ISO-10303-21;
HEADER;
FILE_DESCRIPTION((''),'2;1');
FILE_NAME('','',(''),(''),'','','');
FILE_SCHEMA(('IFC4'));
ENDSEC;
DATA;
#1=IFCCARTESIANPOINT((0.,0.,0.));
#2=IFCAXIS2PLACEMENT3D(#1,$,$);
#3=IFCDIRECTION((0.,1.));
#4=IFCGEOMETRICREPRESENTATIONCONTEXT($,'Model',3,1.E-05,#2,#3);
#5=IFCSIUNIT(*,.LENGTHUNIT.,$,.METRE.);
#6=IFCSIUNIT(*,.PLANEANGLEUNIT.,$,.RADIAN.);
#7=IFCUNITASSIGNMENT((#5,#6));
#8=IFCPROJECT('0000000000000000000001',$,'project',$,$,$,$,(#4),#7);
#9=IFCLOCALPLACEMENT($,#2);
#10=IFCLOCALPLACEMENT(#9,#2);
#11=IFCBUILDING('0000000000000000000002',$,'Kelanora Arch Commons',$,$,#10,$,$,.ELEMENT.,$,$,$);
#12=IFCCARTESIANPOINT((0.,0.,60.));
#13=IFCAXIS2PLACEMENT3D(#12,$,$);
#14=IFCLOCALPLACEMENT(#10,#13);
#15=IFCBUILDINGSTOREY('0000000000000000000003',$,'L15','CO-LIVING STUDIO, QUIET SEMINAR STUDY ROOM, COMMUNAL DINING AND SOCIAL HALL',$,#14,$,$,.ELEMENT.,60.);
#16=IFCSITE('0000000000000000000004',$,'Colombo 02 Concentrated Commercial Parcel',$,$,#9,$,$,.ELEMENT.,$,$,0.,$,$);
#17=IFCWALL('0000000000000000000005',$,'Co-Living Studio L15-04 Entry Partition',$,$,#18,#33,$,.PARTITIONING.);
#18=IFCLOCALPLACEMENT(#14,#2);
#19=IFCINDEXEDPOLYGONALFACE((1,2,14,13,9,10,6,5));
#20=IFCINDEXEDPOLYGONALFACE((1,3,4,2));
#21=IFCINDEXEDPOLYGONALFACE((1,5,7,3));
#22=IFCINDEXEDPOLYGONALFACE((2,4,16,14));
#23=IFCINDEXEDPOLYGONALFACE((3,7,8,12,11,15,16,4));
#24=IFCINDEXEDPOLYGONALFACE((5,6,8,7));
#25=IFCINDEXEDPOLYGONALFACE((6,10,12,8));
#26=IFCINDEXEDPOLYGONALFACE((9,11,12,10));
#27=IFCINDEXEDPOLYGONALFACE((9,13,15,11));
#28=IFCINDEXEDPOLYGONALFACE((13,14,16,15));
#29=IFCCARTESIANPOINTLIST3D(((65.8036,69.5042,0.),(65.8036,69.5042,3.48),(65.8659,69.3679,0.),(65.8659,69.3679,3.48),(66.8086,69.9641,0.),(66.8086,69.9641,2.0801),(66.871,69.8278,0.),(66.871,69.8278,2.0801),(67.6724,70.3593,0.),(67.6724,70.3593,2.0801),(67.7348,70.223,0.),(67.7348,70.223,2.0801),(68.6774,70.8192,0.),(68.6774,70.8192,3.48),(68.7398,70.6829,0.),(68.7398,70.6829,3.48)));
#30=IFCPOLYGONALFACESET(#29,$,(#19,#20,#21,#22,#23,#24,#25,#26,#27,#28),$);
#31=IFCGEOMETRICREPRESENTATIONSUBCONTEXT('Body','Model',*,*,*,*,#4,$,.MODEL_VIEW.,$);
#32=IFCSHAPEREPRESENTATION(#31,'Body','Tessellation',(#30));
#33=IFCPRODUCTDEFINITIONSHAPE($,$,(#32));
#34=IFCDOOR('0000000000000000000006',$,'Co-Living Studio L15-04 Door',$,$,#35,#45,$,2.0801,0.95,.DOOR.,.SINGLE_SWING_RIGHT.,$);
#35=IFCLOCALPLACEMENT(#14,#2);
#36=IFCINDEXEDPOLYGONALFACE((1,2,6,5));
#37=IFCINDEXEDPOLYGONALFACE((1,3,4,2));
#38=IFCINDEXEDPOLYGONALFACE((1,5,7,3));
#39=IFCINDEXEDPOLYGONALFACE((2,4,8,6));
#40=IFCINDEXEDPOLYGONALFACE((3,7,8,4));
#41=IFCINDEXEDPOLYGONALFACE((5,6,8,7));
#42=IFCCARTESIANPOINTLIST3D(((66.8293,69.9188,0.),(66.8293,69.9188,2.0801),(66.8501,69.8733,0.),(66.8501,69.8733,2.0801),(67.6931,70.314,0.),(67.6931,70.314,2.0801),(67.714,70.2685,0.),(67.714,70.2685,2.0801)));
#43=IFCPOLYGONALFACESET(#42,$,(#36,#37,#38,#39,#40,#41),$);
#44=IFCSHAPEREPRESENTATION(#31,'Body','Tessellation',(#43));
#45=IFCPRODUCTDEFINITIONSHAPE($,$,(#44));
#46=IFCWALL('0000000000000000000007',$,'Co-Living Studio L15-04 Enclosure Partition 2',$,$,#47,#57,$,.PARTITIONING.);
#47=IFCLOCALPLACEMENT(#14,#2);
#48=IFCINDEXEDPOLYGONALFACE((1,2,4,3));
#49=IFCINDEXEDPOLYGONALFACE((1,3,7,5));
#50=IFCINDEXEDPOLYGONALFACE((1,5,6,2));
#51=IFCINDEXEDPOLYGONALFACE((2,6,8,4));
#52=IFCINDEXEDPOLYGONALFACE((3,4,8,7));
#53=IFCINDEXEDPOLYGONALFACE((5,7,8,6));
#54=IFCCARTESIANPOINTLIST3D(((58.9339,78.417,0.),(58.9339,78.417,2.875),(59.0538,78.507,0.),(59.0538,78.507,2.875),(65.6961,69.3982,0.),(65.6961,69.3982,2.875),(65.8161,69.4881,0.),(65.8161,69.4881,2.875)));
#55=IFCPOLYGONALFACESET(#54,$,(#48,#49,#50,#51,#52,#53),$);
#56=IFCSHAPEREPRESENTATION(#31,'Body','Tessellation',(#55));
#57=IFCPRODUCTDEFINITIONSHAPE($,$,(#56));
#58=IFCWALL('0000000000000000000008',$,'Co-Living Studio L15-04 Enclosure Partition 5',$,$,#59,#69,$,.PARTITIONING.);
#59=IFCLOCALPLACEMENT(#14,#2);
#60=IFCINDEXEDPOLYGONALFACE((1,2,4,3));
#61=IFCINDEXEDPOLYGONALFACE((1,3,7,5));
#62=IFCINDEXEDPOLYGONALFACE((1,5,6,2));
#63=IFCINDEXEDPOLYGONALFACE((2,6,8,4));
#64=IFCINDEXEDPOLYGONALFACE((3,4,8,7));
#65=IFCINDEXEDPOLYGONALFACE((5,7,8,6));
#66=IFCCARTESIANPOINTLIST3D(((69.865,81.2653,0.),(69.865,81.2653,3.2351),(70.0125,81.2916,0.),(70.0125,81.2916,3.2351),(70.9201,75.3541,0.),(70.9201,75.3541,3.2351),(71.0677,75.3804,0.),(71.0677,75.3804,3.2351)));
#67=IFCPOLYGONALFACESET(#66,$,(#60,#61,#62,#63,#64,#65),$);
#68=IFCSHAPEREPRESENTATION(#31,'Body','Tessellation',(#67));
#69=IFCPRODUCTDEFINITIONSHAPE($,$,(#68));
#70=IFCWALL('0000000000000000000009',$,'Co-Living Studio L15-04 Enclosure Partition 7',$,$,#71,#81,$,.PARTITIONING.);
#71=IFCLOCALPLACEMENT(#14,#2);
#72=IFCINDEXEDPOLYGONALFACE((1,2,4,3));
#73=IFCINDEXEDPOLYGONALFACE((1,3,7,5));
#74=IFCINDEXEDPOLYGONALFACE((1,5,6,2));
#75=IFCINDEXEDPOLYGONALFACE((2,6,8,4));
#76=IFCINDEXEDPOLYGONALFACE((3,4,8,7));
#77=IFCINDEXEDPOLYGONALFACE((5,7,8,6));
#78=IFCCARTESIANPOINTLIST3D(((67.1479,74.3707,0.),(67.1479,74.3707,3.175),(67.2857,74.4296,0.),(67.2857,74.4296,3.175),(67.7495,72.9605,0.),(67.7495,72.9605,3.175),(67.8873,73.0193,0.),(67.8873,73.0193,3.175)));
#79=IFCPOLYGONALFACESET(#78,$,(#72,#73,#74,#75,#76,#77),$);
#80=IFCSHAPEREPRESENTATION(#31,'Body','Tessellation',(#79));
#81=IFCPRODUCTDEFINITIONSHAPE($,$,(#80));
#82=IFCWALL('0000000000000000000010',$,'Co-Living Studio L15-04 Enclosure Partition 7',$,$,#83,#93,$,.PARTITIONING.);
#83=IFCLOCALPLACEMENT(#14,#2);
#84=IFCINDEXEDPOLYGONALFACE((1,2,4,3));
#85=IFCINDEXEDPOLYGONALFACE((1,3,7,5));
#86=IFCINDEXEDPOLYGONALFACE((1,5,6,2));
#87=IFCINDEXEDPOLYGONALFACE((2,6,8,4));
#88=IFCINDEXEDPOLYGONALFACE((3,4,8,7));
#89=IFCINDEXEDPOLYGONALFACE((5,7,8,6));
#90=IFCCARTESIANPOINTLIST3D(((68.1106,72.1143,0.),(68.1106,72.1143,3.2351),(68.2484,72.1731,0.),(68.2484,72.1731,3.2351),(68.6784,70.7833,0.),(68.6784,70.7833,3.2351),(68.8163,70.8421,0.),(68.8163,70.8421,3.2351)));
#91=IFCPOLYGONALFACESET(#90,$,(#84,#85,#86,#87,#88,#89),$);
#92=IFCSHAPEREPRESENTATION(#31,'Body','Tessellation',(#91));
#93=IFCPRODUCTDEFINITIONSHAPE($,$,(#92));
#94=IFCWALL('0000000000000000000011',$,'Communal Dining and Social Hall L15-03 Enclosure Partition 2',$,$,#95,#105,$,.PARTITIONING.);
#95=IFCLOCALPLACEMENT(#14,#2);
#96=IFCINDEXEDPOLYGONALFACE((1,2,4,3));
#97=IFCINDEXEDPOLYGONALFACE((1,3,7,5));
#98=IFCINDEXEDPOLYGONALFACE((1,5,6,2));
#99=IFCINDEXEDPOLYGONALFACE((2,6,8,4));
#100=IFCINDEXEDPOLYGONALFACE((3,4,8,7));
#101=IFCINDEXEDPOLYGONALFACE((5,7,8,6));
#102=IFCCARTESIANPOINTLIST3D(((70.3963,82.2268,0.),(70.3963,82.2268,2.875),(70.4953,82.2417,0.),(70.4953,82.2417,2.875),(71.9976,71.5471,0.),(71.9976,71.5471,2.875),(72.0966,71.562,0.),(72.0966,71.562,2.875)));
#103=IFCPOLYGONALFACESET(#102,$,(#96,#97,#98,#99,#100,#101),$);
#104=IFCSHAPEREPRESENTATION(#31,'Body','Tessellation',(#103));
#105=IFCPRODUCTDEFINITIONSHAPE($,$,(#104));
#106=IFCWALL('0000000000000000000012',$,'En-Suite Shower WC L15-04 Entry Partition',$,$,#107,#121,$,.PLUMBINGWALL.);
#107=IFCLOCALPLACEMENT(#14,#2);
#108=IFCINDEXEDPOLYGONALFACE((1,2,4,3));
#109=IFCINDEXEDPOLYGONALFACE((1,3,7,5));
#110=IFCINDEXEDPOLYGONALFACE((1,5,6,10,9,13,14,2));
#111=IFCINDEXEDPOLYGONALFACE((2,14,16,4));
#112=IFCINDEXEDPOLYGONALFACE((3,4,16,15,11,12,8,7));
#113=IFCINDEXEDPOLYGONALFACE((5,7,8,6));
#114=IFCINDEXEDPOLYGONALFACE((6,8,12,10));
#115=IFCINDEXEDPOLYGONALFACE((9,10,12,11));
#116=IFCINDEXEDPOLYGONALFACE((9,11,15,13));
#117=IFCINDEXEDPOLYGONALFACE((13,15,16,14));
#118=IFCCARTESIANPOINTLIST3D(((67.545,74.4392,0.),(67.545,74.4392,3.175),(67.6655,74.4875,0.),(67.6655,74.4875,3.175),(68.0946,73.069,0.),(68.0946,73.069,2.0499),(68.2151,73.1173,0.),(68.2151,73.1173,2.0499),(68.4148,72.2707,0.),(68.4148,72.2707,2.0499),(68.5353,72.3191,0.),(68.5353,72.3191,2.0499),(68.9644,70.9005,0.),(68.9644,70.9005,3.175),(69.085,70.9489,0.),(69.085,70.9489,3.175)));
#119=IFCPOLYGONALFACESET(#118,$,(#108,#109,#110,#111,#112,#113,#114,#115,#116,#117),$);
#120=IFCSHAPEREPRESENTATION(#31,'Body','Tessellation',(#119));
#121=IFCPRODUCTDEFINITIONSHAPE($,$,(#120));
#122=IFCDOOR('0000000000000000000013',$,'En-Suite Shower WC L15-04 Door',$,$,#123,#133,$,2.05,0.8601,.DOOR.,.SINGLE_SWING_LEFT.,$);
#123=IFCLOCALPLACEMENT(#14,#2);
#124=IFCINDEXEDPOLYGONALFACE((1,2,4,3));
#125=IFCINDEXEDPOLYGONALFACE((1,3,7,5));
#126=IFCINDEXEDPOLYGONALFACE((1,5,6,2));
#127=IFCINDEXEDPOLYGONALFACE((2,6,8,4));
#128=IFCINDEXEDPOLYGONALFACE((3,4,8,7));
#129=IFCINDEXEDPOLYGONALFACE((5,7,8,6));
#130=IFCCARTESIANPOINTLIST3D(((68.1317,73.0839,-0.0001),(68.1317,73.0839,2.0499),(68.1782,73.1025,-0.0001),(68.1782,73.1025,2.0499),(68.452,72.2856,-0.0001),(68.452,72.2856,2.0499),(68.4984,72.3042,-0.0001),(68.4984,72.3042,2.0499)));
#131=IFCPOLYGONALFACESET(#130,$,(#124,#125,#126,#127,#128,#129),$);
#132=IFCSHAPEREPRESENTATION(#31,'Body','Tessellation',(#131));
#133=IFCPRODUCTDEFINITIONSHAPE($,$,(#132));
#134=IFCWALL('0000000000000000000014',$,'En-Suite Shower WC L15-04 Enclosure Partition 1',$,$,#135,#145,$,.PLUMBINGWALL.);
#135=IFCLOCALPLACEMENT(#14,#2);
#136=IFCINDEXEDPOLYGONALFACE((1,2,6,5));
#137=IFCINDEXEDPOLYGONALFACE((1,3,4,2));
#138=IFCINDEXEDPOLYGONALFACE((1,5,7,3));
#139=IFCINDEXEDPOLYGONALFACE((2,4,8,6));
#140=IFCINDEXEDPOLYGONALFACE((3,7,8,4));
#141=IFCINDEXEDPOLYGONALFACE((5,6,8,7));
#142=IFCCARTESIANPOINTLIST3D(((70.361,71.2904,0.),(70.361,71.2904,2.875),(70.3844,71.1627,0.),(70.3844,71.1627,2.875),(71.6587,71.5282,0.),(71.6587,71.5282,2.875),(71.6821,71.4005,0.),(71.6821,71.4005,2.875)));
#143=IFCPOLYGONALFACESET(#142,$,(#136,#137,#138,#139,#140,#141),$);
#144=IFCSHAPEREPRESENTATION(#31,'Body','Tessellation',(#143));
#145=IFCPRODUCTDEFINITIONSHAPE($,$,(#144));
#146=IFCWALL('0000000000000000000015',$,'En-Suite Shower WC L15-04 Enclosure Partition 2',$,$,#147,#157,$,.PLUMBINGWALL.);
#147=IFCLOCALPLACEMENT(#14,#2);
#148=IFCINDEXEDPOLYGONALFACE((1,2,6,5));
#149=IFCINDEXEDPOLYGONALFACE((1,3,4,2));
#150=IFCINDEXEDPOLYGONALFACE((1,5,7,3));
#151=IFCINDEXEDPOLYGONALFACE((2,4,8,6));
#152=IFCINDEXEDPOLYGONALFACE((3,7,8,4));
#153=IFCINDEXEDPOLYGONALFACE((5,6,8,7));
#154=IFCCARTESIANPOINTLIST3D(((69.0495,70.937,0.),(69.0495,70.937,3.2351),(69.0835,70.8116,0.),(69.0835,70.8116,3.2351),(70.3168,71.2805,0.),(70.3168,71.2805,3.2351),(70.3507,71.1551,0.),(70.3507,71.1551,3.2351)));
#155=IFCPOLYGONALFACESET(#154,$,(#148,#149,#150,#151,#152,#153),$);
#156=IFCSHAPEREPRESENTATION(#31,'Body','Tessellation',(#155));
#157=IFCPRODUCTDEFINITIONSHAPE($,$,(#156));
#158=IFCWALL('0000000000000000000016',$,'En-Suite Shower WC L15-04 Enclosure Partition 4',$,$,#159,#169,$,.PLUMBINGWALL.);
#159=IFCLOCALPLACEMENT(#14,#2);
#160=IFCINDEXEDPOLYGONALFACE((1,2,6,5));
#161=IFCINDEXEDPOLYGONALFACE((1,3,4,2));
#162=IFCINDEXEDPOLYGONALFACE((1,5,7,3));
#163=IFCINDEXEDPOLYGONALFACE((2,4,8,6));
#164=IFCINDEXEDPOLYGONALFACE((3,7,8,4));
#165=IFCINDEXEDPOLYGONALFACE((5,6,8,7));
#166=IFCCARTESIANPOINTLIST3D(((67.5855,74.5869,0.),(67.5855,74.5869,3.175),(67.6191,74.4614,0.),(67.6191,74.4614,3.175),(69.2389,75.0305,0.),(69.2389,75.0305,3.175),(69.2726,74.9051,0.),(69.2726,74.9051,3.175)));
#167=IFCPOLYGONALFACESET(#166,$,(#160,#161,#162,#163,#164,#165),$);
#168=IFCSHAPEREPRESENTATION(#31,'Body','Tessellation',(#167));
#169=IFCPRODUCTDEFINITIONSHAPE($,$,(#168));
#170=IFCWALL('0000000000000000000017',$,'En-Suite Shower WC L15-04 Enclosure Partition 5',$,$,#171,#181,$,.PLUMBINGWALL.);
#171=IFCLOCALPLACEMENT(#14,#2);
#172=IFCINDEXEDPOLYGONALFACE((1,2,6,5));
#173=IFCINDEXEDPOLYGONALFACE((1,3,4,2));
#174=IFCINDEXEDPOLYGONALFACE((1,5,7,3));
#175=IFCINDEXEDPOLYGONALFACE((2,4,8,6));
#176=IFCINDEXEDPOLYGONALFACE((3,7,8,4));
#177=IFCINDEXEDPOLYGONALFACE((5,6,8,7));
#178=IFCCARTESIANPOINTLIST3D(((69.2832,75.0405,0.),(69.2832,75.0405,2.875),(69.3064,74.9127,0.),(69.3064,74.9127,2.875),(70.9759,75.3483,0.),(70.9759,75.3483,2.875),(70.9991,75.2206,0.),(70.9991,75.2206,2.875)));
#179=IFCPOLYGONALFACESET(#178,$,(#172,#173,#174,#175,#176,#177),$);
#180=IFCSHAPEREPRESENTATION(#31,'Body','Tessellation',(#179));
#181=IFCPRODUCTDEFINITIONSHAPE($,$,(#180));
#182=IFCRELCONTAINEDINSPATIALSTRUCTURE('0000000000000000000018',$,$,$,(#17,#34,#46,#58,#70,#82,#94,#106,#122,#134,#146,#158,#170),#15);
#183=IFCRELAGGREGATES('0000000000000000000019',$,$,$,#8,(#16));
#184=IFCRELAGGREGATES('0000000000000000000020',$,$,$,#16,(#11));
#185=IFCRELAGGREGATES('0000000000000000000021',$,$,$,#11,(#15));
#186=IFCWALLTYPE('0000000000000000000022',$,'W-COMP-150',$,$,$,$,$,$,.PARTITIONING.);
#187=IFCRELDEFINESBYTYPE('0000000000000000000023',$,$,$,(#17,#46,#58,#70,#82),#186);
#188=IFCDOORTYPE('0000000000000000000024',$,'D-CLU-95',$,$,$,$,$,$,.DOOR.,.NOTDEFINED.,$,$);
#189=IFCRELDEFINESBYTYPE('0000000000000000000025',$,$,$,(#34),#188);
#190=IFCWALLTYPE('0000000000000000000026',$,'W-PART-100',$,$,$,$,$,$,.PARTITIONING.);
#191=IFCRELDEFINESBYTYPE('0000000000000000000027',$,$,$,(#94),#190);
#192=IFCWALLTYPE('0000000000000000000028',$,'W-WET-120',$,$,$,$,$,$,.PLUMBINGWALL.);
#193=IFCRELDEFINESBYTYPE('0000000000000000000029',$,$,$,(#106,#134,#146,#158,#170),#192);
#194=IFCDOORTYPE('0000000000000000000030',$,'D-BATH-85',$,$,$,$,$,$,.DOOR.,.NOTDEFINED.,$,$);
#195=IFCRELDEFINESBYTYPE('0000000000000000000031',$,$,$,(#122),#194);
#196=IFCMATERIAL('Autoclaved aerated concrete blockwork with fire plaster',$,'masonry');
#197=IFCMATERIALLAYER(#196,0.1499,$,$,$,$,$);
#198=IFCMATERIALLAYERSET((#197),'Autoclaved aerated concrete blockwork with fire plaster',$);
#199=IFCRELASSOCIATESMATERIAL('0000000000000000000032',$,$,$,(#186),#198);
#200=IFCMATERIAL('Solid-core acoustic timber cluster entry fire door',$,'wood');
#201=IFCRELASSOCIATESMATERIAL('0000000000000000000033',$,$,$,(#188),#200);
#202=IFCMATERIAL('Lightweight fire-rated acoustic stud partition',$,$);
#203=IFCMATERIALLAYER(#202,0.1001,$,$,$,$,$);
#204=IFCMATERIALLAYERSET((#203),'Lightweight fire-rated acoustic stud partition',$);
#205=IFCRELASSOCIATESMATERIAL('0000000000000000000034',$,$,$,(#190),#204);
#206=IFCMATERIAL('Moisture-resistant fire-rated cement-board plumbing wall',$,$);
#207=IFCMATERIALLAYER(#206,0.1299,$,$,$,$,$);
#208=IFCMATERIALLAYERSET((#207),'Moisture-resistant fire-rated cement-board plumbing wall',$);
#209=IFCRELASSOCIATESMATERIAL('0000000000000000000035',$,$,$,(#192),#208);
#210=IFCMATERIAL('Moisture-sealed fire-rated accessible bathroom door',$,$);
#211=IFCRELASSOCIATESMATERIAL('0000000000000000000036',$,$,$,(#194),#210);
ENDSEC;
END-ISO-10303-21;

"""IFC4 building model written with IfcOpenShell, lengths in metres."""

from ifc_helpers import new_model, si_unit, direction, frame, frame_2d, origin, place, context, subcontext, project, spatial, rectangle, extrude, material, layer, layer_set, type_object, element, fill, save


model = new_model("IFC4")

# Units and contexts
model_context = context("Model", 3, precision=1e-05, world=origin(), true_north=direction((0.0, 1.0)))
body_context = subcontext(model_context, "Body", "Model", "MODEL_VIEW")
ifc_project = project(units=[si_unit("LENGTHUNIT", "METRE"), si_unit("PLANEANGLEUNIT", "RADIAN")], contexts=[model_context])

# Site, building, storey
site_placement = place(None, origin())
site = spatial("IfcSite", under=ifc_project, at=site_placement, Name="Colombo 02 Concentrated Commercial Parcel", CompositionType="ELEMENT", RefElevation=0.0)
building_placement = place(site_placement, origin())
building = spatial("IfcBuilding", under=site, at=building_placement, Name="Kelanora Arch Commons", CompositionType="ELEMENT")
storey_placement = place(building_placement, frame((0.0, 0.0, 60.0)))
storey = spatial("IfcBuildingStorey", under=building, at=storey_placement, Name="L15", Description="CO-LIVING STUDIO, QUIET SEMINAR STUDY ROOM, COMMUNAL DINING AND SOCIAL HALL", CompositionType="ELEMENT", Elevation=60.0)

# Wall, opening, door
ifc_material_1 = material(Name="Autoclaved aerated concrete blockwork with fire plaster", Category="masonry")
ifc_layer_1 = layer(ifc_material_1, 0.1499)
ifc_layer_set_1 = layer_set([ifc_layer_1], Name="Autoclaved aerated concrete blockwork with fire plaster")
wall_type_1 = type_object("IfcWallType", Name="W-COMP-150", PredefinedType="PARTITIONING", material=ifc_layer_set_1)
wall_1_placement = place(storey_placement, frame((68.7085, 70.751, 0.0), z_axis=(0.0, 0.0, 1.0), x_axis=(-0.909329, -0.416077, 0.0)))
wall_1 = element("IfcWall", 1, at=wall_1_placement, inside=storey, type_object=wall_type_1, Name="Co-Living Studio L15-04 Entry Partition", PredefinedType="PARTITIONING", context=body_context, shape_type="SweptSolid", body=[
    extrude(rectangle(XDim=3.1604, YDim=0.1499, at=frame_2d((1.5801, 0.0))), origin(), (0.0, 0.0, 1.0), 3.48),
])
opening_1_placement = place(wall_1_placement, frame((1.105, 0.0, 0.0)))
opening_1 = element("IfcOpeningElement", 2, at=opening_1_placement, cuts=wall_1, PredefinedType="OPENING", context=body_context, shape_type="SweptSolid", body=[
    extrude(rectangle(XDim=0.95, YDim=2.0801, at=frame_2d((0.4751, 1.04))), frame((0.0, 0.085, 0.0), z_axis=(0.0, -1.0, 0.0), x_axis=(1.0, 0.0, 0.0)), (0.0, 0.0, 1.0), 0.1699),
])
ifc_material_2 = material(Name="Solid-core acoustic timber cluster entry fire door", Category="wood")
door_type_1 = type_object("IfcDoorType", Name="D-CLU-95", OperationType="NOTDEFINED", PredefinedType="DOOR", material=ifc_material_2)
door_1_placement = place(opening_1_placement, origin())
door_1 = element("IfcDoor", 3, at=door_1_placement, inside=storey, type_object=door_type_1, Name="Co-Living Studio L15-04 Door", OperationType="SINGLE_SWING_RIGHT", OverallHeight=2.0801, OverallWidth=0.95, PredefinedType="DOOR", context=body_context, shape_type="SweptSolid", body=[
    extrude(rectangle(XDim=0.95, YDim=2.0801, at=frame_2d((0.4751, 1.04))), frame((0.0, 0.0249, 0.0), z_axis=(0.0, -1.0, 0.0), x_axis=(1.0, 0.0, 0.0)), (0.0, 0.0, 1.0), 0.05),
])
fill(opening_1, door_1)

# Walls
wall_2_placement = place(storey_placement, frame((65.7561, 69.4431, 0.0), z_axis=(0.0, 0.0, 1.0), x_axis=(-0.599893, 0.800081, 0.0)))
element("IfcWall", 4, at=wall_2_placement, inside=storey, type_object=wall_type_1, Name="Co-Living Studio L15-04 Enclosure Partition 2", PredefinedType="PARTITIONING", context=body_context, shape_type="SweptSolid", body=[
    extrude(rectangle(XDim=11.2725, YDim=0.1499, at=frame_2d((5.6362, 0.0))), origin(), (0.0, 0.0, 1.0), 2.875),
])
wall_3_placement = place(storey_placement, frame((69.9387, 81.2786, 0.0), z_axis=(0.0, 0.0, 1.0), x_axis=(0.175729, -0.984439, 0.0)))
element("IfcWall", 5, at=wall_3_placement, inside=storey, type_object=wall_type_1, Name="Co-Living Studio L15-04 Enclosure Partition 5", PredefinedType="PARTITIONING", context=body_context, shape_type="SweptSolid", body=[
    extrude(rectangle(XDim=6.0046, YDim=0.1499, at=frame_2d((3.0024, 0.0))), origin(), (0.0, 0.0, 1.0), 3.2351),
])
wall_4_placement = place(storey_placement, frame((67.2168, 74.4001, 0.0), z_axis=(0.0, 0.0, 1.0), x_axis=(0.392381, -0.919803, 0.0)))
element("IfcWall", 6, at=wall_4_placement, inside=storey, type_object=wall_type_1, Name="Co-Living Studio L15-04 Enclosure Partition 7", PredefinedType="PARTITIONING", context=body_context, shape_type="SweptSolid", body=[
    extrude(rectangle(XDim=1.5332, YDim=0.1499, at=frame_2d((0.7666, 0.0))), origin(), (0.0, 0.0, 1.0), 3.175),
])
wall_5_placement = place(storey_placement, frame((68.1794, 72.1438, 0.0), z_axis=(0.0, 0.0, 1.0), x_axis=(0.392412, -0.91979, 0.0)))
element("IfcWall", 7, at=wall_5_placement, inside=storey, type_object=wall_type_1, Name="Co-Living Studio L15-04 Enclosure Partition 7", PredefinedType="PARTITIONING", context=body_context, shape_type="SweptSolid", body=[
    extrude(rectangle(XDim=1.447, YDim=0.1499, at=frame_2d((0.7236, 0.0))), origin(), (0.0, 0.0, 1.0), 3.2351),
])
ifc_material_3 = material(Name="Lightweight fire-rated acoustic stud partition")
ifc_layer_2 = layer(ifc_material_3, 0.1001)
ifc_layer_set_2 = layer_set([ifc_layer_2], Name="Lightweight fire-rated acoustic stud partition")
wall_type_2 = type_object("IfcWallType", Name="W-PART-100", PredefinedType="PARTITIONING", material=ifc_layer_set_2)
wall_6_placement = place(storey_placement, frame((72.0471, 71.5547, 0.0), z_axis=(0.0, 0.0, 1.0), x_axis=(-0.148283, 0.988945, 0.0)))
element("IfcWall", 8, at=wall_6_placement, inside=storey, type_object=wall_type_2, Name="Communal Dining and Social Hall L15-03 Enclosure Partition 2", PredefinedType="PARTITIONING", context=body_context, shape_type="SweptSolid", body=[
    extrude(rectangle(XDim=10.7991, YDim=0.1001, at=frame_2d((5.3994, 0.0))), origin(), (0.0, 0.0, 1.0), 2.875),
])

# Wall, opening, door
ifc_material_4 = material(Name="Moisture-resistant fire-rated cement-board plumbing wall")
ifc_layer_3 = layer(ifc_material_4, 0.1299)
ifc_layer_set_3 = layer_set([ifc_layer_3], Name="Moisture-resistant fire-rated cement-board plumbing wall")
wall_type_3 = type_object("IfcWallType", Name="W-WET-120", PredefinedType="PLUMBINGWALL", material=ifc_layer_set_3)
wall_7_placement = place(storey_placement, frame((69.0247, 70.9248, 0.0), z_axis=(0.0, 0.0, 1.0), x_axis=(-0.372296, 0.928114, 0.0)))
wall_7 = element("IfcWall", 9, at=wall_7_placement, inside=storey, type_object=wall_type_3, Name="En-Suite Shower WC L15-04 Entry Partition", PredefinedType="PLUMBINGWALL", context=body_context, shape_type="SweptSolid", body=[
    extrude(rectangle(XDim=3.8127, YDim=0.1299, at=frame_2d((1.9062, 0.0))), origin(), (0.0, 0.0, 1.0), 3.175),
])
opening_2_placement = place(wall_7_placement, frame((1.4761, 0.0, 0.0)))
opening_2 = element("IfcOpeningElement", 10, at=opening_2_placement, cuts=wall_7, PredefinedType="OPENING", context=body_context, shape_type="SweptSolid", body=[
    extrude(rectangle(XDim=0.8601, YDim=2.05, at=frame_2d((0.4302, 1.0249))), frame((0.0, 0.075, 0.0), z_axis=(0.0, -1.0, 0.0), x_axis=(1.0, 0.0, 0.0)), (0.0, 0.0, 1.0), 0.1499),
])
ifc_material_5 = material(Name="Moisture-sealed fire-rated accessible bathroom door")
door_type_2 = type_object("IfcDoorType", Name="D-BATH-85", OperationType="NOTDEFINED", PredefinedType="DOOR", material=ifc_material_5)
door_2_placement = place(opening_2_placement, origin())
door_2 = element("IfcDoor", 11, at=door_2_placement, inside=storey, type_object=door_type_2, Name="En-Suite Shower WC L15-04 Door", OperationType="SINGLE_SWING_LEFT", OverallHeight=2.05, OverallWidth=0.8601, PredefinedType="DOOR", context=body_context, shape_type="SweptSolid", body=[
    extrude(rectangle(XDim=0.8601, YDim=2.05, at=frame_2d((0.4302, 1.0249))), frame((0.0, 0.0249, 0.0), z_axis=(0.0, -1.0, 0.0), x_axis=(1.0, 0.0, 0.0)), (0.0, 0.0, 1.0), 0.05),
])
fill(opening_2, door_2)

# Walls
wall_8_placement = place(storey_placement, frame((71.6704, 71.4644, 0.0), z_axis=(0.0, 0.0, 1.0), x_axis=(-0.98362, -0.180253, 0.0)))
element("IfcWall", 12, at=wall_8_placement, inside=storey, type_object=wall_type_3, Name="En-Suite Shower WC L15-04 Enclosure Partition 1", PredefinedType="PLUMBINGWALL", context=body_context, shape_type="SweptSolid", body=[
    extrude(rectangle(XDim=1.3193, YDim=0.1299, at=frame_2d((0.6597, 0.0))), origin(), (0.0, 0.0, 1.0), 2.875),
])
wall_9_placement = place(storey_placement, frame((70.3337, 71.2178, 0.0), z_axis=(0.0, 0.0, 1.0), x_axis=(-0.965175, -0.261607, 0.0)))
element("IfcWall", 13, at=wall_9_placement, inside=storey, type_object=wall_type_3, Name="En-Suite Shower WC L15-04 Enclosure Partition 2", PredefinedType="PLUMBINGWALL", context=body_context, shape_type="SweptSolid", body=[
    extrude(rectangle(XDim=1.313, YDim=0.1299, at=frame_2d((0.6565, 0.0))), origin(), (0.0, 0.0, 1.0), 3.2351),
])
wall_10_placement = place(storey_placement, frame((67.6023, 74.5242, 0.0), z_axis=(0.0, 0.0, 1.0), x_axis=(0.965838, 0.259145, 0.0)))
element("IfcWall", 14, at=wall_10_placement, inside=storey, type_object=wall_type_3, Name="En-Suite Shower WC L15-04 Enclosure Partition 4", PredefinedType="PLUMBINGWALL", context=body_context, shape_type="SweptSolid", body=[
    extrude(rectangle(XDim=1.7119, YDim=0.1299, at=frame_2d((0.856, 0.0))), origin(), (0.0, 0.0, 1.0), 3.175),
])
wall_11_placement = place(storey_placement, frame((69.2947, 74.9766, 0.0), z_axis=(0.0, 0.0, 1.0), x_axis=(0.983859, 0.178948, 0.0)))
element("IfcWall", 15, at=wall_11_placement, inside=storey, type_object=wall_type_3, Name="En-Suite Shower WC L15-04 Enclosure Partition 5", PredefinedType="PLUMBINGWALL", context=body_context, shape_type="SweptSolid", body=[
    extrude(rectangle(XDim=1.7205, YDim=0.1299, at=frame_2d((0.8604, 0.0))), origin(), (0.0, 0.0, 1.0), 2.875),
])

save(model, "model.ifc")
